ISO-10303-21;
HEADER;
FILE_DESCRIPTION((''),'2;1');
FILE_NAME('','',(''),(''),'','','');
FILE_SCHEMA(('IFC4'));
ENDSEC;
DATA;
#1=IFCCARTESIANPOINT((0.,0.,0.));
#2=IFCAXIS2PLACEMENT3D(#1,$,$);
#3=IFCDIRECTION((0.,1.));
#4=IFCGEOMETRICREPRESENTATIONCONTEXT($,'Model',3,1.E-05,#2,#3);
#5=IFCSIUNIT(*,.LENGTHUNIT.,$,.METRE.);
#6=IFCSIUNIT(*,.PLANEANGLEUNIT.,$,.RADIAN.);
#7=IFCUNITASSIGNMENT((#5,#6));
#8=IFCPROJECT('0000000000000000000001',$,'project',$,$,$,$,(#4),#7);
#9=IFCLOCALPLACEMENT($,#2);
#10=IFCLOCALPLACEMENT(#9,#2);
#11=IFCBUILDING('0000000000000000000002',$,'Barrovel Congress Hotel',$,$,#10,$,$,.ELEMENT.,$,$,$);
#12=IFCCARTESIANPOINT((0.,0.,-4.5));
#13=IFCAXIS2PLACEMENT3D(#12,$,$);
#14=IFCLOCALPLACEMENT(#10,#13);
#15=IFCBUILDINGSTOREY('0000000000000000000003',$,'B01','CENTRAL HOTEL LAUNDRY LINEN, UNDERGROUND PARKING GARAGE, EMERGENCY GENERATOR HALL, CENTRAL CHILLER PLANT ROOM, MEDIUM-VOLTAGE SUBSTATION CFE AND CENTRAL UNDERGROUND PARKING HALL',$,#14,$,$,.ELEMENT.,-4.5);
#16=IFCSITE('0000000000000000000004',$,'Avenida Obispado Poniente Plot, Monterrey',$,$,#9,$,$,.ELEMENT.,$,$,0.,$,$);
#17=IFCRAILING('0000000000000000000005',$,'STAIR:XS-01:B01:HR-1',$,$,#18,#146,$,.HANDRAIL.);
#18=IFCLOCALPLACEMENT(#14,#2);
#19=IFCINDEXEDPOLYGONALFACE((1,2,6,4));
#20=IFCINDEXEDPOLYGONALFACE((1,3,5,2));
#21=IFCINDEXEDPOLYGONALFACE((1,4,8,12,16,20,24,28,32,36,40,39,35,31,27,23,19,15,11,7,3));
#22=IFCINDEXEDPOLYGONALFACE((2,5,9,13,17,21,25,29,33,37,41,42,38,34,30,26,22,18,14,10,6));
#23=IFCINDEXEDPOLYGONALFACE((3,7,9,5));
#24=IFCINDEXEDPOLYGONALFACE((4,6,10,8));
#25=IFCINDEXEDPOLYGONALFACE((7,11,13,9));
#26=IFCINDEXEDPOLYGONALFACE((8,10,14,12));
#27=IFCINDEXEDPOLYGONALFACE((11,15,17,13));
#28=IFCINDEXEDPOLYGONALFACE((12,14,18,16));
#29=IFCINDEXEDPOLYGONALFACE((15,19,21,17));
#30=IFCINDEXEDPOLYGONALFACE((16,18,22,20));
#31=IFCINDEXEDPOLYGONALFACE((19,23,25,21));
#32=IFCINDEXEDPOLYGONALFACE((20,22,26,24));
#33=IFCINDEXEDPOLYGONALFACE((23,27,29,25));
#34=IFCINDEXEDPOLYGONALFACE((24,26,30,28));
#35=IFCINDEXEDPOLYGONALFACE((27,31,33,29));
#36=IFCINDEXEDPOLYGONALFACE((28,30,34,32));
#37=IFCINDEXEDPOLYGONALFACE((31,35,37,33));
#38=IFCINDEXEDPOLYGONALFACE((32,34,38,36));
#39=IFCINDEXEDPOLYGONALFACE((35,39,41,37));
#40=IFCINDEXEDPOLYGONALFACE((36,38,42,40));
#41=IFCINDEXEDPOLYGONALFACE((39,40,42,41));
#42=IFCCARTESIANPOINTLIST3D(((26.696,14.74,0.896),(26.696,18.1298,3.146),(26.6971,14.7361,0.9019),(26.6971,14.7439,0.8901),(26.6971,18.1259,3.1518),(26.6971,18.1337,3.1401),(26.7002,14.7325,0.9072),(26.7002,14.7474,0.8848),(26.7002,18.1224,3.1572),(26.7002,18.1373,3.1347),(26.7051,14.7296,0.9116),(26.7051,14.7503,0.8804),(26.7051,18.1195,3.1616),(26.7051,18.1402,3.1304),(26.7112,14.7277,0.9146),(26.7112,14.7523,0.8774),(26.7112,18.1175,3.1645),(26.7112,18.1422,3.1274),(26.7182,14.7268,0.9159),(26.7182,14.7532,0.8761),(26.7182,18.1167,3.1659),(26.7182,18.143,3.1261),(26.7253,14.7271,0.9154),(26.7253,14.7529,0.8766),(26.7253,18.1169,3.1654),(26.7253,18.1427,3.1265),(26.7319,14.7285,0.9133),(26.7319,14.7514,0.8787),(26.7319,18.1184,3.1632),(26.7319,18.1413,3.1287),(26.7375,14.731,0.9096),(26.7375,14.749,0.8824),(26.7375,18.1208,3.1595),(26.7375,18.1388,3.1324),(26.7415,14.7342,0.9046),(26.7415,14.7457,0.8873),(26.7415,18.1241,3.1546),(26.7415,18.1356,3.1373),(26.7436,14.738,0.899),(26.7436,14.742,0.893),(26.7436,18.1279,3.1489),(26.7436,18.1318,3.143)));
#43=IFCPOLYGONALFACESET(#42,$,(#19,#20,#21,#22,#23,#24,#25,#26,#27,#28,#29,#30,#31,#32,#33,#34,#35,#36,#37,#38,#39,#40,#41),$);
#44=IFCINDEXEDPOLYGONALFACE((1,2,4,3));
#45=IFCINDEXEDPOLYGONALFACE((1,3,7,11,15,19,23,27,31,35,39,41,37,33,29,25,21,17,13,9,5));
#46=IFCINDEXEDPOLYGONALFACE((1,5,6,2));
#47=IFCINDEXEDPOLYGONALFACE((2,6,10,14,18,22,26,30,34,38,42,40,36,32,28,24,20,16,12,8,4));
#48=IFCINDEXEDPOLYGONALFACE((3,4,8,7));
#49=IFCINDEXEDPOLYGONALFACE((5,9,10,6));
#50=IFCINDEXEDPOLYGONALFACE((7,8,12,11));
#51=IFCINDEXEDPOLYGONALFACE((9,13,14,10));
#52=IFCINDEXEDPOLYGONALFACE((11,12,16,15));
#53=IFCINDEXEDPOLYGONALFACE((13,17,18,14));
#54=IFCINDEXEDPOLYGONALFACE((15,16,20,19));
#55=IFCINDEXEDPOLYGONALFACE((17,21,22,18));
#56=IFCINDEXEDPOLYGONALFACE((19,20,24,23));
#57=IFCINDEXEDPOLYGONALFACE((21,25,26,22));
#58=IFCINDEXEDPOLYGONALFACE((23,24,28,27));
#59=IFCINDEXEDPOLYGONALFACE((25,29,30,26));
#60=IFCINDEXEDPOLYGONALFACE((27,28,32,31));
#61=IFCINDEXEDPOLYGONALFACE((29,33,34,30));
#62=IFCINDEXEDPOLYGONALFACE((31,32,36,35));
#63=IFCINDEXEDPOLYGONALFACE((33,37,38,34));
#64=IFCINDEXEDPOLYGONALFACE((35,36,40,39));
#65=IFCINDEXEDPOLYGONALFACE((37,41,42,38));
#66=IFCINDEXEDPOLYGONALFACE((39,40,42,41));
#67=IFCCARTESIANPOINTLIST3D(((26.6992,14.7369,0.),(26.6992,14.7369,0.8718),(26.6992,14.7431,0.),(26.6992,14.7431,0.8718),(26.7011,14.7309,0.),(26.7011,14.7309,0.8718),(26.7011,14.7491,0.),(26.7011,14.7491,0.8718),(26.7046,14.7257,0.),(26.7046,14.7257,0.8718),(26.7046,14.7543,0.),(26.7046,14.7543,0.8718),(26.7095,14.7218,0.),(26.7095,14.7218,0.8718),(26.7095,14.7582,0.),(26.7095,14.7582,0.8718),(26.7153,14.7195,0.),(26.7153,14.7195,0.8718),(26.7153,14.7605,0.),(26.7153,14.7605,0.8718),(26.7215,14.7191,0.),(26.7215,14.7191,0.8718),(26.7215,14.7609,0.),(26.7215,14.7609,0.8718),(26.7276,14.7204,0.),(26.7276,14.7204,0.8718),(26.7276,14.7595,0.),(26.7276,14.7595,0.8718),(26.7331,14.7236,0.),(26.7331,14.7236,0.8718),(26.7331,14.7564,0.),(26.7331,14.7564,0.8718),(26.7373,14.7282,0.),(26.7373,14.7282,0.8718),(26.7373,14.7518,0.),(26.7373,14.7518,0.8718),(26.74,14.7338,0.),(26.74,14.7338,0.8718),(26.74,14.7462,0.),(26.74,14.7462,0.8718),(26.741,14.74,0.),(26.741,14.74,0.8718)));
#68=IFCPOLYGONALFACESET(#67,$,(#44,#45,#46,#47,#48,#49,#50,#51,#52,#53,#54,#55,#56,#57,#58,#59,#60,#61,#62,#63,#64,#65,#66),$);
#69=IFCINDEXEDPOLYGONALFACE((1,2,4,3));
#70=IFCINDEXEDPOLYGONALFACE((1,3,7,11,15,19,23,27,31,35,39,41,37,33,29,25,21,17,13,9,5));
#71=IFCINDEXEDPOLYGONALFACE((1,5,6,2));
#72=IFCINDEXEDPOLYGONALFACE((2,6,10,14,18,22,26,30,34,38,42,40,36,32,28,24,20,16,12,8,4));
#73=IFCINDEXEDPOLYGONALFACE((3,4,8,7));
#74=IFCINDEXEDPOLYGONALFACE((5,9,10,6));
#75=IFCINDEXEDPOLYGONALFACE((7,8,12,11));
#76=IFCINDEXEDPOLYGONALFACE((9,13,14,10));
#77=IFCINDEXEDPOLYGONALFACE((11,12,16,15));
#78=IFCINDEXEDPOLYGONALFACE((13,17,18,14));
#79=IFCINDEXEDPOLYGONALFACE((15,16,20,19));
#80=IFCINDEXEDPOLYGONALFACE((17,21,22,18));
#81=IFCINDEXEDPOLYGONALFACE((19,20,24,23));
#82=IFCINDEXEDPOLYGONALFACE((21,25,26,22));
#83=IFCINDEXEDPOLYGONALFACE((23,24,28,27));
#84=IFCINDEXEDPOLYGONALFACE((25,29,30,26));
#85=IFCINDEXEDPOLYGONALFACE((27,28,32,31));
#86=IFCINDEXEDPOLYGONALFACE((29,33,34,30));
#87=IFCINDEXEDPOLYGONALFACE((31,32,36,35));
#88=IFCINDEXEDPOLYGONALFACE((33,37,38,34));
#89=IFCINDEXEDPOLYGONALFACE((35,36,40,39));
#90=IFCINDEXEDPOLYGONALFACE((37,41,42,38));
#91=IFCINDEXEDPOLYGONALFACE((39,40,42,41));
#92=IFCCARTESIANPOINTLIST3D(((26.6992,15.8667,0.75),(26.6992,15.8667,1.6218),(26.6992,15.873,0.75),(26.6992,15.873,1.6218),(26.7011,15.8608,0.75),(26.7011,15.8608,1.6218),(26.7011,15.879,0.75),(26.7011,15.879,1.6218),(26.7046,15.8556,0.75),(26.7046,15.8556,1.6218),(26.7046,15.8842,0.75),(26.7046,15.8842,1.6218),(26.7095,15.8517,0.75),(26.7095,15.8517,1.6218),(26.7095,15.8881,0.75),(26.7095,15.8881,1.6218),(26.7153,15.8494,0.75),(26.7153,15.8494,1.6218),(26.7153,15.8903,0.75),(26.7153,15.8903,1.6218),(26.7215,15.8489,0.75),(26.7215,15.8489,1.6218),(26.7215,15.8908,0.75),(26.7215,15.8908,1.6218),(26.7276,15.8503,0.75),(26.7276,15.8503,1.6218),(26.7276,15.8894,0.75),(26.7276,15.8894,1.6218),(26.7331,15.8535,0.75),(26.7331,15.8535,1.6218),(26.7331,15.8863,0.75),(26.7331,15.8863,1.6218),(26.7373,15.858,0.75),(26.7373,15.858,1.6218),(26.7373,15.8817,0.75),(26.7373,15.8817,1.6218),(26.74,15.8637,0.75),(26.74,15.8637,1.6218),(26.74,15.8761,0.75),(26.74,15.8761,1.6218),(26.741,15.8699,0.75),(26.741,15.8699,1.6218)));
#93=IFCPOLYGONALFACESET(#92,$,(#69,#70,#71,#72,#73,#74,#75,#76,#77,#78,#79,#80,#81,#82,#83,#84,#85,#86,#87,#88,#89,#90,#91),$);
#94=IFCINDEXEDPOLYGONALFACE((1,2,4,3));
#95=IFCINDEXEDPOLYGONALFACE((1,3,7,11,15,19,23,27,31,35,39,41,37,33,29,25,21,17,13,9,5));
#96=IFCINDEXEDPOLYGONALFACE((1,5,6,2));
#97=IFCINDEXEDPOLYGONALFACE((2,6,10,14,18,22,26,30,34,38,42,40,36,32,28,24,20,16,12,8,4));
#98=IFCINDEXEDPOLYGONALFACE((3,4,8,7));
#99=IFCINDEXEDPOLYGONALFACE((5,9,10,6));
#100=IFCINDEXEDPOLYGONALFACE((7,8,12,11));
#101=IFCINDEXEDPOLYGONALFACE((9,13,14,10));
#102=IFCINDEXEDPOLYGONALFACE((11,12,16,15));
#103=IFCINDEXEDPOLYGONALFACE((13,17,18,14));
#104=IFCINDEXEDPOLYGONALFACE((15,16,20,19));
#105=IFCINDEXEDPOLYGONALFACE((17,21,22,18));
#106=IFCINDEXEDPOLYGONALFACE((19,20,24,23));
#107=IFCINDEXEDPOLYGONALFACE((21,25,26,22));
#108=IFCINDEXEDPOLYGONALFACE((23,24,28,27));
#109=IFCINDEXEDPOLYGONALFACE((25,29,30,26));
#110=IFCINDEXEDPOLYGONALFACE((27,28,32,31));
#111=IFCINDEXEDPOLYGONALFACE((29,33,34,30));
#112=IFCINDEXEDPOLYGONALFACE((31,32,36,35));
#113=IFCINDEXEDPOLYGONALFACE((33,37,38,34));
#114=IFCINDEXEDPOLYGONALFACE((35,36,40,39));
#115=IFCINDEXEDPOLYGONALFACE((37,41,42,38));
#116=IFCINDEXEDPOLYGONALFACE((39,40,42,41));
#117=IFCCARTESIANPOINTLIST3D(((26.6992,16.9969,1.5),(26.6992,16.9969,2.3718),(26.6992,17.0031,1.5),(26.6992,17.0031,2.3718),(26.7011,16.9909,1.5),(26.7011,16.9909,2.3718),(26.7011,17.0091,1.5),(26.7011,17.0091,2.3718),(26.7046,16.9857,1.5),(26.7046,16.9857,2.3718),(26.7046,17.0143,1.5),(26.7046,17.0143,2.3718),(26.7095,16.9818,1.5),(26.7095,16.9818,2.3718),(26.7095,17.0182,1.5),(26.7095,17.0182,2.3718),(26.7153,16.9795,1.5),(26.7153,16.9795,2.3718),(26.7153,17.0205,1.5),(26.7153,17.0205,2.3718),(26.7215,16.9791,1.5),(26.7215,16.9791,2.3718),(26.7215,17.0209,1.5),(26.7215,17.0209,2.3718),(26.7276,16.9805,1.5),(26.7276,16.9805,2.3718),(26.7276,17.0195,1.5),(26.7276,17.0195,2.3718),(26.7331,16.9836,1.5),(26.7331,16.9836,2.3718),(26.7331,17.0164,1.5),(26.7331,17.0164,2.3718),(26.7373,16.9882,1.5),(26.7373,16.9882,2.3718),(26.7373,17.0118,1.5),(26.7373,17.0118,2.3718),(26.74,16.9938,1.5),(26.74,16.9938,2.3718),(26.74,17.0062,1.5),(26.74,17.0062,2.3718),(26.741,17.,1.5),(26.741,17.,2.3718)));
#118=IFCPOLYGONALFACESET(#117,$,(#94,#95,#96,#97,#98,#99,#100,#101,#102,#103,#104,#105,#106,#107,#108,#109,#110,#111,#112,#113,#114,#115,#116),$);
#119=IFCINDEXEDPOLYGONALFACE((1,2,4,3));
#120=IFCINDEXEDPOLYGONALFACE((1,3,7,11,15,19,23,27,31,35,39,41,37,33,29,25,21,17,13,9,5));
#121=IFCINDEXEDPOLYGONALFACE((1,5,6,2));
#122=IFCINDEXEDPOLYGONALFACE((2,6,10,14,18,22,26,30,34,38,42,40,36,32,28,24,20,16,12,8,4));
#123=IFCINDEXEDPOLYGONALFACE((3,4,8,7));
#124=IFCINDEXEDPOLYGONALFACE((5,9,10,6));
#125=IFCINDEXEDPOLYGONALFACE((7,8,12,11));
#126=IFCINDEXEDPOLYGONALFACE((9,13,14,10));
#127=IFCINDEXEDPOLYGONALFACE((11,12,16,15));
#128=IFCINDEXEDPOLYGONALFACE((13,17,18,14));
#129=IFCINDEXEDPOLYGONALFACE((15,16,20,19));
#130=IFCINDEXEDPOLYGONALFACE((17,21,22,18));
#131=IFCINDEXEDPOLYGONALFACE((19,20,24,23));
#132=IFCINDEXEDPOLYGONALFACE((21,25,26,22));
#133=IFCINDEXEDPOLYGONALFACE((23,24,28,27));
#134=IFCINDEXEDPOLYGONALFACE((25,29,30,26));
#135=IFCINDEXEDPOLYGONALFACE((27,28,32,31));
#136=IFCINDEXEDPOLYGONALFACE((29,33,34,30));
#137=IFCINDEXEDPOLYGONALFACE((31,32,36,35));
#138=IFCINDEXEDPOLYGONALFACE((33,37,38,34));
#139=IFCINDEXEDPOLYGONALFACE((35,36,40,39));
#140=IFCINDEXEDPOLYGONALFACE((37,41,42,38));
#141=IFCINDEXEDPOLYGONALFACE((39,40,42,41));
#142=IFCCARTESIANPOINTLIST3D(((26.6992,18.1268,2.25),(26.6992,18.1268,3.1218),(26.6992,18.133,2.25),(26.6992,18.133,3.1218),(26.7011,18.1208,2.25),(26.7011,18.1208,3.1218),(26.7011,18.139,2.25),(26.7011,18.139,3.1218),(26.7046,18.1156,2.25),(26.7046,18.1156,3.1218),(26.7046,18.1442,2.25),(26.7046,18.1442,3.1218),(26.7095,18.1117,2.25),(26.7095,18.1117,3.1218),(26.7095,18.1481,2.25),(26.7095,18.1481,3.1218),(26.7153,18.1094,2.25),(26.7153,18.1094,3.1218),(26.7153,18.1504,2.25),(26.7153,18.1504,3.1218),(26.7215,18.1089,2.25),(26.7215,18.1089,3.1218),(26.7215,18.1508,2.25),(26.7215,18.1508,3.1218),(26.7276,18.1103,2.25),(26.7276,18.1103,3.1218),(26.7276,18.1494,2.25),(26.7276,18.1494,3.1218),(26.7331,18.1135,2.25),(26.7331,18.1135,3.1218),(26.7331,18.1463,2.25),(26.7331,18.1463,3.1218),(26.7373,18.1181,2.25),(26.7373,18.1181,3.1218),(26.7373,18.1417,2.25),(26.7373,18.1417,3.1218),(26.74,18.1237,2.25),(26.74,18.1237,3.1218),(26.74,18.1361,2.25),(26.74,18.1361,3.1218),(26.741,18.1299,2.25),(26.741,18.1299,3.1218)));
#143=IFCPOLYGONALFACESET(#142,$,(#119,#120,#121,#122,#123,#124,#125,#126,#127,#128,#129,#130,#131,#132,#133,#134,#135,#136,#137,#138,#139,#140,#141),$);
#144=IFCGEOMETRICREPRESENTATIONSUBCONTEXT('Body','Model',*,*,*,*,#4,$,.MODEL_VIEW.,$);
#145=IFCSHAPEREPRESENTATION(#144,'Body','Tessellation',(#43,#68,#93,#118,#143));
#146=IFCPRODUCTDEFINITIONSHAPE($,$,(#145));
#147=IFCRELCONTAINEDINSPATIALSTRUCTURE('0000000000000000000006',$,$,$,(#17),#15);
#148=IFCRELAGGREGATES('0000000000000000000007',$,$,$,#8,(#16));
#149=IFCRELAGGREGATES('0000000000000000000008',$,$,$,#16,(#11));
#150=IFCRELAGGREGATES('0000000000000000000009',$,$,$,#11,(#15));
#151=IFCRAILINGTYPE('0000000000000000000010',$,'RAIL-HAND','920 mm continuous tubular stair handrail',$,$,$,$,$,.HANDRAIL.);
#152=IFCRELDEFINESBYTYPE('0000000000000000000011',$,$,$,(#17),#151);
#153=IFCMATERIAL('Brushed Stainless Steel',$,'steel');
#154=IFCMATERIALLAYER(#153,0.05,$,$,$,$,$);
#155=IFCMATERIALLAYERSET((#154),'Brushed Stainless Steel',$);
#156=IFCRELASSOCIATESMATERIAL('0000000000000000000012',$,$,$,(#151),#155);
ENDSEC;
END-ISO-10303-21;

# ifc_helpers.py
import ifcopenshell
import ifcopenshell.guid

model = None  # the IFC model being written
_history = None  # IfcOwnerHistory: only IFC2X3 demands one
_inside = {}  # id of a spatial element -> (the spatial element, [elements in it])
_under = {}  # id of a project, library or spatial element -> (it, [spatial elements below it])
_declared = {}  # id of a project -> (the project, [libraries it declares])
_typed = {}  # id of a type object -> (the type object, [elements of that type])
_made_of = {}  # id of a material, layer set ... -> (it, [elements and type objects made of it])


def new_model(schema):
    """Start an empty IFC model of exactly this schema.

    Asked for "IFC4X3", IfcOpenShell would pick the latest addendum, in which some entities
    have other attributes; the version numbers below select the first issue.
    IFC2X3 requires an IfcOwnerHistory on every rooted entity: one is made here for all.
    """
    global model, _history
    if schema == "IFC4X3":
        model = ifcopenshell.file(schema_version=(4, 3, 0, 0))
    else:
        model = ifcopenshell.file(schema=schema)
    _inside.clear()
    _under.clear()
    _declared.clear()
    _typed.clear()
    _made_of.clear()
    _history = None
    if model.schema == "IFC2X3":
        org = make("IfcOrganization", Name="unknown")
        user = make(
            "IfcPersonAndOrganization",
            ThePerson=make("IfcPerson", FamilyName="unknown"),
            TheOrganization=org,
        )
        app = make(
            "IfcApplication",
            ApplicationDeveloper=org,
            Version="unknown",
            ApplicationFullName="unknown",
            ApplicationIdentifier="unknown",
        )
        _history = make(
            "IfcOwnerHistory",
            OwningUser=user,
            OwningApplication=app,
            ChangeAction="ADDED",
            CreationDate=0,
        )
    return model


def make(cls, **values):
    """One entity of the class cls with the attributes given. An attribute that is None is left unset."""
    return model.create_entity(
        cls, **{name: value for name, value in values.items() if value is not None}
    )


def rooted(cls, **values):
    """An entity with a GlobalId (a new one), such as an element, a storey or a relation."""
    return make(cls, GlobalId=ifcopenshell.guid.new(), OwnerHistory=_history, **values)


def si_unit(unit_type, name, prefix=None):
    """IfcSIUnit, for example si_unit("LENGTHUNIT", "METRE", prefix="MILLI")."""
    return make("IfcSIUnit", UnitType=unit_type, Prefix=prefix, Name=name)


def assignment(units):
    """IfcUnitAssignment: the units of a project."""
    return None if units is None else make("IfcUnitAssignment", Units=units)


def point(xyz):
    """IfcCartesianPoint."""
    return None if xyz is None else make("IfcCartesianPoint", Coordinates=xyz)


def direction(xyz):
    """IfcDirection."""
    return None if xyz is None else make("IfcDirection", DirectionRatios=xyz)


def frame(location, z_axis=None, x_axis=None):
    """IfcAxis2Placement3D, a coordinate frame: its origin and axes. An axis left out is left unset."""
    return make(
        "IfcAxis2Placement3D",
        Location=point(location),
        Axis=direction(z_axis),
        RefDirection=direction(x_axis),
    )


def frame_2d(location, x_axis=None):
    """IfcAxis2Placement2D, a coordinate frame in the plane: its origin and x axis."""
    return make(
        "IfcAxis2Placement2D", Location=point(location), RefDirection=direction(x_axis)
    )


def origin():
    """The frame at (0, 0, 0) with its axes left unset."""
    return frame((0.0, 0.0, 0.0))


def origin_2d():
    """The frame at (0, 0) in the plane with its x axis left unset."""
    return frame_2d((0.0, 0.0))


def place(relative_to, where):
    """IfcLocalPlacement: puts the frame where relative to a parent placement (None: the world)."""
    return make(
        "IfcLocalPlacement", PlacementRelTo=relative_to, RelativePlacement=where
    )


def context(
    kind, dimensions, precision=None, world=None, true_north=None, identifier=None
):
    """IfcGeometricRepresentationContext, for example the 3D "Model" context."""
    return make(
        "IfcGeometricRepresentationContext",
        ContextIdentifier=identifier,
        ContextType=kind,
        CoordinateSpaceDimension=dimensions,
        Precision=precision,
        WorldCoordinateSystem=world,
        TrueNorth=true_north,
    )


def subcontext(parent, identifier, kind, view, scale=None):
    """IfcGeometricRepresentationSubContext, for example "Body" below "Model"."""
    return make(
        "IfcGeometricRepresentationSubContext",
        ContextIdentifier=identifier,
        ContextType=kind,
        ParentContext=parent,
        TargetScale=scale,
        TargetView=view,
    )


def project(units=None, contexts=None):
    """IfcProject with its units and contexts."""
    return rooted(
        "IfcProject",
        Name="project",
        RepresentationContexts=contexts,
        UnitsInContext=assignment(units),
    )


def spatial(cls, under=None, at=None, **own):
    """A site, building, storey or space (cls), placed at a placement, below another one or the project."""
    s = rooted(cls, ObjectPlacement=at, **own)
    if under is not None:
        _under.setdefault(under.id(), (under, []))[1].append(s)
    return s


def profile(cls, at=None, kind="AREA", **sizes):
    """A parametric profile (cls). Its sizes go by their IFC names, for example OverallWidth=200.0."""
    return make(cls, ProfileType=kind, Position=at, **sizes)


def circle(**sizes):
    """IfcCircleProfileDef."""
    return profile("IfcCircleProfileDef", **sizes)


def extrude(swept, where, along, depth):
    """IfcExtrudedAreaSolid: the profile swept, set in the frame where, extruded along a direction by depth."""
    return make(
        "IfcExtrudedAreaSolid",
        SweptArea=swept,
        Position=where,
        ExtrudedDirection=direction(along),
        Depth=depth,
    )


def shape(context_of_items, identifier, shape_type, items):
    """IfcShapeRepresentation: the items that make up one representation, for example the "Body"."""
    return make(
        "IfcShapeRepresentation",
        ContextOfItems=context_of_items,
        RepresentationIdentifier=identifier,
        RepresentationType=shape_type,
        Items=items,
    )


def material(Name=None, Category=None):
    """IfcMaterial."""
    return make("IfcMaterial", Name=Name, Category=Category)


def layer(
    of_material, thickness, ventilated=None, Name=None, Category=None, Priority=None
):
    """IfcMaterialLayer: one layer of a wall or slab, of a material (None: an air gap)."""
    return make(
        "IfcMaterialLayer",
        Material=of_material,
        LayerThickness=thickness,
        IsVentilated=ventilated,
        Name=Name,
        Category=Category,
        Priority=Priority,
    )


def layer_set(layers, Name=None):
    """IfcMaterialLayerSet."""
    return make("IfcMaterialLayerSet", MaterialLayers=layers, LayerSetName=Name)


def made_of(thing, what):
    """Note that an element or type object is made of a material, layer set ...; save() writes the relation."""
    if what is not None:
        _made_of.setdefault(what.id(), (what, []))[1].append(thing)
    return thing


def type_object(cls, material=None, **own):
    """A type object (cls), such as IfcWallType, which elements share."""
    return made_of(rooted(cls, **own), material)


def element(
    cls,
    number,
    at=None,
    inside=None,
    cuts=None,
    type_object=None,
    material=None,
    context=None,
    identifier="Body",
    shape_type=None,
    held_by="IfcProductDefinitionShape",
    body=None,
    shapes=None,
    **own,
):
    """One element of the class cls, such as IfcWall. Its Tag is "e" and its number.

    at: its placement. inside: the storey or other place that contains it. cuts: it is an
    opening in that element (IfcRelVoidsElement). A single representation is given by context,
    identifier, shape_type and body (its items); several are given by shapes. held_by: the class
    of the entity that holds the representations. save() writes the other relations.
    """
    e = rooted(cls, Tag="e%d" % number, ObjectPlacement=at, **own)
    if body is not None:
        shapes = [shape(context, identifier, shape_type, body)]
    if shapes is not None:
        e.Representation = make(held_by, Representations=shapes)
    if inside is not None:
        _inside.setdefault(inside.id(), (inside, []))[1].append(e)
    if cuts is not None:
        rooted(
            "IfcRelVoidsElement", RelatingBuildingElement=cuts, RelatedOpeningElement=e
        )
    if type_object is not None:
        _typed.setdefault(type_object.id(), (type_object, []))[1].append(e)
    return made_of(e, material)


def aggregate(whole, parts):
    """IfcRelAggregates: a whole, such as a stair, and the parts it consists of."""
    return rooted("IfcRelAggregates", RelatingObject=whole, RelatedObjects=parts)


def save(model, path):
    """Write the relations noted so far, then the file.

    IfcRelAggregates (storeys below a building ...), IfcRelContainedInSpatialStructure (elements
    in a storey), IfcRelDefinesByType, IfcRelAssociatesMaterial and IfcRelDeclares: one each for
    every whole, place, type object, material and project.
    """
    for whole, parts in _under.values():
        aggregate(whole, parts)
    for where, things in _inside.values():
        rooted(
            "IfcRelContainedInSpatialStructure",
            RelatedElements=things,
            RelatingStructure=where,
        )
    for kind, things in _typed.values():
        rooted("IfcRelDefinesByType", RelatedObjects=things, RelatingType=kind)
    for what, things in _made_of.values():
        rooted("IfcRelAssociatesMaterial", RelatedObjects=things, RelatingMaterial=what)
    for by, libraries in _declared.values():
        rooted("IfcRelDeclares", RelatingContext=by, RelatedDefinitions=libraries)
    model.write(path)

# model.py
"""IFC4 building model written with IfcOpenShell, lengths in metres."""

from ifc_helpers import new_model, si_unit, direction, frame, origin, origin_2d, place, context, subcontext, project, spatial, circle, extrude, material, layer, layer_set, type_object, element, save


model = new_model("IFC4")

# Units and contexts
model_context = context("Model", 3, precision=1e-05, world=origin(), true_north=direction((0.0, 1.0)))
body_context = subcontext(model_context, "Body", "Model", "MODEL_VIEW")
ifc_project = project(units=[si_unit("LENGTHUNIT", "METRE"), si_unit("PLANEANGLEUNIT", "RADIAN")], contexts=[model_context])

# Site, building, storey
site_placement = place(None, origin())
site = spatial("IfcSite", under=ifc_project, at=site_placement, Name="Avenida Obispado Poniente Plot, Monterrey", CompositionType="ELEMENT", RefElevation=0.0)
building_placement = place(site_placement, origin())
building = spatial("IfcBuilding", under=site, at=building_placement, Name="Barrovel Congress Hotel", CompositionType="ELEMENT")
storey_placement = place(building_placement, frame((0.0, 0.0, -4.5)))
storey = spatial("IfcBuildingStorey", under=building, at=storey_placement, Name="B01", Description="CENTRAL HOTEL LAUNDRY LINEN, UNDERGROUND PARKING GARAGE, EMERGENCY GENERATOR HALL, CENTRAL CHILLER PLANT ROOM, MEDIUM-VOLTAGE SUBSTATION CFE AND CENTRAL UNDERGROUND PARKING HALL", CompositionType="ELEMENT", Elevation=-4.5)

# Railing
ifc_material_1 = material(Name="Brushed Stainless Steel", Category="steel")
ifc_layer_1 = layer(ifc_material_1, 0.05)
ifc_layer_set_1 = layer_set([ifc_layer_1], Name="Brushed Stainless Steel")
railing_type_1 = type_object("IfcRailingType", Name="RAIL-HAND", Description="920 mm continuous tubular stair handrail", PredefinedType="HANDRAIL", material=ifc_layer_set_1)
railing_1_placement = place(storey_placement, frame((26.72, 14.74, 0.0)))
element("IfcRailing", 1, at=railing_1_placement, inside=storey, type_object=railing_type_1, Name="STAIR:XS-01:B01:HR-1", PredefinedType="HANDRAIL", context=body_context, shape_type="SweptSolid", body=[
    extrude(circle(Radius=0.0239, at=origin_2d()), frame((0.0, 0.0, 0.896), z_axis=(0.0, 0.833175, 0.55301), x_axis=(-1.0, 0.0, 0.0)), (0.0, 0.0, 1.0), 4.0686),
    extrude(circle(Radius=0.021, at=origin_2d()), origin(), (0.0, 0.0, 1.0), 0.8718),
    extrude(circle(Radius=0.021, at=origin_2d()), frame((0.0, 1.1299, 0.75)), (0.0, 0.0, 1.0), 0.8718),
    extrude(circle(Radius=0.021, at=origin_2d()), frame((0.0, 2.26, 1.5)), (0.0, 0.0, 1.0), 0.8718),
    extrude(circle(Radius=0.021, at=origin_2d()), frame((0.0, 3.3899, 2.25)), (0.0, 0.0, 1.0), 0.8718),
])

save(model, "model.ifc")
